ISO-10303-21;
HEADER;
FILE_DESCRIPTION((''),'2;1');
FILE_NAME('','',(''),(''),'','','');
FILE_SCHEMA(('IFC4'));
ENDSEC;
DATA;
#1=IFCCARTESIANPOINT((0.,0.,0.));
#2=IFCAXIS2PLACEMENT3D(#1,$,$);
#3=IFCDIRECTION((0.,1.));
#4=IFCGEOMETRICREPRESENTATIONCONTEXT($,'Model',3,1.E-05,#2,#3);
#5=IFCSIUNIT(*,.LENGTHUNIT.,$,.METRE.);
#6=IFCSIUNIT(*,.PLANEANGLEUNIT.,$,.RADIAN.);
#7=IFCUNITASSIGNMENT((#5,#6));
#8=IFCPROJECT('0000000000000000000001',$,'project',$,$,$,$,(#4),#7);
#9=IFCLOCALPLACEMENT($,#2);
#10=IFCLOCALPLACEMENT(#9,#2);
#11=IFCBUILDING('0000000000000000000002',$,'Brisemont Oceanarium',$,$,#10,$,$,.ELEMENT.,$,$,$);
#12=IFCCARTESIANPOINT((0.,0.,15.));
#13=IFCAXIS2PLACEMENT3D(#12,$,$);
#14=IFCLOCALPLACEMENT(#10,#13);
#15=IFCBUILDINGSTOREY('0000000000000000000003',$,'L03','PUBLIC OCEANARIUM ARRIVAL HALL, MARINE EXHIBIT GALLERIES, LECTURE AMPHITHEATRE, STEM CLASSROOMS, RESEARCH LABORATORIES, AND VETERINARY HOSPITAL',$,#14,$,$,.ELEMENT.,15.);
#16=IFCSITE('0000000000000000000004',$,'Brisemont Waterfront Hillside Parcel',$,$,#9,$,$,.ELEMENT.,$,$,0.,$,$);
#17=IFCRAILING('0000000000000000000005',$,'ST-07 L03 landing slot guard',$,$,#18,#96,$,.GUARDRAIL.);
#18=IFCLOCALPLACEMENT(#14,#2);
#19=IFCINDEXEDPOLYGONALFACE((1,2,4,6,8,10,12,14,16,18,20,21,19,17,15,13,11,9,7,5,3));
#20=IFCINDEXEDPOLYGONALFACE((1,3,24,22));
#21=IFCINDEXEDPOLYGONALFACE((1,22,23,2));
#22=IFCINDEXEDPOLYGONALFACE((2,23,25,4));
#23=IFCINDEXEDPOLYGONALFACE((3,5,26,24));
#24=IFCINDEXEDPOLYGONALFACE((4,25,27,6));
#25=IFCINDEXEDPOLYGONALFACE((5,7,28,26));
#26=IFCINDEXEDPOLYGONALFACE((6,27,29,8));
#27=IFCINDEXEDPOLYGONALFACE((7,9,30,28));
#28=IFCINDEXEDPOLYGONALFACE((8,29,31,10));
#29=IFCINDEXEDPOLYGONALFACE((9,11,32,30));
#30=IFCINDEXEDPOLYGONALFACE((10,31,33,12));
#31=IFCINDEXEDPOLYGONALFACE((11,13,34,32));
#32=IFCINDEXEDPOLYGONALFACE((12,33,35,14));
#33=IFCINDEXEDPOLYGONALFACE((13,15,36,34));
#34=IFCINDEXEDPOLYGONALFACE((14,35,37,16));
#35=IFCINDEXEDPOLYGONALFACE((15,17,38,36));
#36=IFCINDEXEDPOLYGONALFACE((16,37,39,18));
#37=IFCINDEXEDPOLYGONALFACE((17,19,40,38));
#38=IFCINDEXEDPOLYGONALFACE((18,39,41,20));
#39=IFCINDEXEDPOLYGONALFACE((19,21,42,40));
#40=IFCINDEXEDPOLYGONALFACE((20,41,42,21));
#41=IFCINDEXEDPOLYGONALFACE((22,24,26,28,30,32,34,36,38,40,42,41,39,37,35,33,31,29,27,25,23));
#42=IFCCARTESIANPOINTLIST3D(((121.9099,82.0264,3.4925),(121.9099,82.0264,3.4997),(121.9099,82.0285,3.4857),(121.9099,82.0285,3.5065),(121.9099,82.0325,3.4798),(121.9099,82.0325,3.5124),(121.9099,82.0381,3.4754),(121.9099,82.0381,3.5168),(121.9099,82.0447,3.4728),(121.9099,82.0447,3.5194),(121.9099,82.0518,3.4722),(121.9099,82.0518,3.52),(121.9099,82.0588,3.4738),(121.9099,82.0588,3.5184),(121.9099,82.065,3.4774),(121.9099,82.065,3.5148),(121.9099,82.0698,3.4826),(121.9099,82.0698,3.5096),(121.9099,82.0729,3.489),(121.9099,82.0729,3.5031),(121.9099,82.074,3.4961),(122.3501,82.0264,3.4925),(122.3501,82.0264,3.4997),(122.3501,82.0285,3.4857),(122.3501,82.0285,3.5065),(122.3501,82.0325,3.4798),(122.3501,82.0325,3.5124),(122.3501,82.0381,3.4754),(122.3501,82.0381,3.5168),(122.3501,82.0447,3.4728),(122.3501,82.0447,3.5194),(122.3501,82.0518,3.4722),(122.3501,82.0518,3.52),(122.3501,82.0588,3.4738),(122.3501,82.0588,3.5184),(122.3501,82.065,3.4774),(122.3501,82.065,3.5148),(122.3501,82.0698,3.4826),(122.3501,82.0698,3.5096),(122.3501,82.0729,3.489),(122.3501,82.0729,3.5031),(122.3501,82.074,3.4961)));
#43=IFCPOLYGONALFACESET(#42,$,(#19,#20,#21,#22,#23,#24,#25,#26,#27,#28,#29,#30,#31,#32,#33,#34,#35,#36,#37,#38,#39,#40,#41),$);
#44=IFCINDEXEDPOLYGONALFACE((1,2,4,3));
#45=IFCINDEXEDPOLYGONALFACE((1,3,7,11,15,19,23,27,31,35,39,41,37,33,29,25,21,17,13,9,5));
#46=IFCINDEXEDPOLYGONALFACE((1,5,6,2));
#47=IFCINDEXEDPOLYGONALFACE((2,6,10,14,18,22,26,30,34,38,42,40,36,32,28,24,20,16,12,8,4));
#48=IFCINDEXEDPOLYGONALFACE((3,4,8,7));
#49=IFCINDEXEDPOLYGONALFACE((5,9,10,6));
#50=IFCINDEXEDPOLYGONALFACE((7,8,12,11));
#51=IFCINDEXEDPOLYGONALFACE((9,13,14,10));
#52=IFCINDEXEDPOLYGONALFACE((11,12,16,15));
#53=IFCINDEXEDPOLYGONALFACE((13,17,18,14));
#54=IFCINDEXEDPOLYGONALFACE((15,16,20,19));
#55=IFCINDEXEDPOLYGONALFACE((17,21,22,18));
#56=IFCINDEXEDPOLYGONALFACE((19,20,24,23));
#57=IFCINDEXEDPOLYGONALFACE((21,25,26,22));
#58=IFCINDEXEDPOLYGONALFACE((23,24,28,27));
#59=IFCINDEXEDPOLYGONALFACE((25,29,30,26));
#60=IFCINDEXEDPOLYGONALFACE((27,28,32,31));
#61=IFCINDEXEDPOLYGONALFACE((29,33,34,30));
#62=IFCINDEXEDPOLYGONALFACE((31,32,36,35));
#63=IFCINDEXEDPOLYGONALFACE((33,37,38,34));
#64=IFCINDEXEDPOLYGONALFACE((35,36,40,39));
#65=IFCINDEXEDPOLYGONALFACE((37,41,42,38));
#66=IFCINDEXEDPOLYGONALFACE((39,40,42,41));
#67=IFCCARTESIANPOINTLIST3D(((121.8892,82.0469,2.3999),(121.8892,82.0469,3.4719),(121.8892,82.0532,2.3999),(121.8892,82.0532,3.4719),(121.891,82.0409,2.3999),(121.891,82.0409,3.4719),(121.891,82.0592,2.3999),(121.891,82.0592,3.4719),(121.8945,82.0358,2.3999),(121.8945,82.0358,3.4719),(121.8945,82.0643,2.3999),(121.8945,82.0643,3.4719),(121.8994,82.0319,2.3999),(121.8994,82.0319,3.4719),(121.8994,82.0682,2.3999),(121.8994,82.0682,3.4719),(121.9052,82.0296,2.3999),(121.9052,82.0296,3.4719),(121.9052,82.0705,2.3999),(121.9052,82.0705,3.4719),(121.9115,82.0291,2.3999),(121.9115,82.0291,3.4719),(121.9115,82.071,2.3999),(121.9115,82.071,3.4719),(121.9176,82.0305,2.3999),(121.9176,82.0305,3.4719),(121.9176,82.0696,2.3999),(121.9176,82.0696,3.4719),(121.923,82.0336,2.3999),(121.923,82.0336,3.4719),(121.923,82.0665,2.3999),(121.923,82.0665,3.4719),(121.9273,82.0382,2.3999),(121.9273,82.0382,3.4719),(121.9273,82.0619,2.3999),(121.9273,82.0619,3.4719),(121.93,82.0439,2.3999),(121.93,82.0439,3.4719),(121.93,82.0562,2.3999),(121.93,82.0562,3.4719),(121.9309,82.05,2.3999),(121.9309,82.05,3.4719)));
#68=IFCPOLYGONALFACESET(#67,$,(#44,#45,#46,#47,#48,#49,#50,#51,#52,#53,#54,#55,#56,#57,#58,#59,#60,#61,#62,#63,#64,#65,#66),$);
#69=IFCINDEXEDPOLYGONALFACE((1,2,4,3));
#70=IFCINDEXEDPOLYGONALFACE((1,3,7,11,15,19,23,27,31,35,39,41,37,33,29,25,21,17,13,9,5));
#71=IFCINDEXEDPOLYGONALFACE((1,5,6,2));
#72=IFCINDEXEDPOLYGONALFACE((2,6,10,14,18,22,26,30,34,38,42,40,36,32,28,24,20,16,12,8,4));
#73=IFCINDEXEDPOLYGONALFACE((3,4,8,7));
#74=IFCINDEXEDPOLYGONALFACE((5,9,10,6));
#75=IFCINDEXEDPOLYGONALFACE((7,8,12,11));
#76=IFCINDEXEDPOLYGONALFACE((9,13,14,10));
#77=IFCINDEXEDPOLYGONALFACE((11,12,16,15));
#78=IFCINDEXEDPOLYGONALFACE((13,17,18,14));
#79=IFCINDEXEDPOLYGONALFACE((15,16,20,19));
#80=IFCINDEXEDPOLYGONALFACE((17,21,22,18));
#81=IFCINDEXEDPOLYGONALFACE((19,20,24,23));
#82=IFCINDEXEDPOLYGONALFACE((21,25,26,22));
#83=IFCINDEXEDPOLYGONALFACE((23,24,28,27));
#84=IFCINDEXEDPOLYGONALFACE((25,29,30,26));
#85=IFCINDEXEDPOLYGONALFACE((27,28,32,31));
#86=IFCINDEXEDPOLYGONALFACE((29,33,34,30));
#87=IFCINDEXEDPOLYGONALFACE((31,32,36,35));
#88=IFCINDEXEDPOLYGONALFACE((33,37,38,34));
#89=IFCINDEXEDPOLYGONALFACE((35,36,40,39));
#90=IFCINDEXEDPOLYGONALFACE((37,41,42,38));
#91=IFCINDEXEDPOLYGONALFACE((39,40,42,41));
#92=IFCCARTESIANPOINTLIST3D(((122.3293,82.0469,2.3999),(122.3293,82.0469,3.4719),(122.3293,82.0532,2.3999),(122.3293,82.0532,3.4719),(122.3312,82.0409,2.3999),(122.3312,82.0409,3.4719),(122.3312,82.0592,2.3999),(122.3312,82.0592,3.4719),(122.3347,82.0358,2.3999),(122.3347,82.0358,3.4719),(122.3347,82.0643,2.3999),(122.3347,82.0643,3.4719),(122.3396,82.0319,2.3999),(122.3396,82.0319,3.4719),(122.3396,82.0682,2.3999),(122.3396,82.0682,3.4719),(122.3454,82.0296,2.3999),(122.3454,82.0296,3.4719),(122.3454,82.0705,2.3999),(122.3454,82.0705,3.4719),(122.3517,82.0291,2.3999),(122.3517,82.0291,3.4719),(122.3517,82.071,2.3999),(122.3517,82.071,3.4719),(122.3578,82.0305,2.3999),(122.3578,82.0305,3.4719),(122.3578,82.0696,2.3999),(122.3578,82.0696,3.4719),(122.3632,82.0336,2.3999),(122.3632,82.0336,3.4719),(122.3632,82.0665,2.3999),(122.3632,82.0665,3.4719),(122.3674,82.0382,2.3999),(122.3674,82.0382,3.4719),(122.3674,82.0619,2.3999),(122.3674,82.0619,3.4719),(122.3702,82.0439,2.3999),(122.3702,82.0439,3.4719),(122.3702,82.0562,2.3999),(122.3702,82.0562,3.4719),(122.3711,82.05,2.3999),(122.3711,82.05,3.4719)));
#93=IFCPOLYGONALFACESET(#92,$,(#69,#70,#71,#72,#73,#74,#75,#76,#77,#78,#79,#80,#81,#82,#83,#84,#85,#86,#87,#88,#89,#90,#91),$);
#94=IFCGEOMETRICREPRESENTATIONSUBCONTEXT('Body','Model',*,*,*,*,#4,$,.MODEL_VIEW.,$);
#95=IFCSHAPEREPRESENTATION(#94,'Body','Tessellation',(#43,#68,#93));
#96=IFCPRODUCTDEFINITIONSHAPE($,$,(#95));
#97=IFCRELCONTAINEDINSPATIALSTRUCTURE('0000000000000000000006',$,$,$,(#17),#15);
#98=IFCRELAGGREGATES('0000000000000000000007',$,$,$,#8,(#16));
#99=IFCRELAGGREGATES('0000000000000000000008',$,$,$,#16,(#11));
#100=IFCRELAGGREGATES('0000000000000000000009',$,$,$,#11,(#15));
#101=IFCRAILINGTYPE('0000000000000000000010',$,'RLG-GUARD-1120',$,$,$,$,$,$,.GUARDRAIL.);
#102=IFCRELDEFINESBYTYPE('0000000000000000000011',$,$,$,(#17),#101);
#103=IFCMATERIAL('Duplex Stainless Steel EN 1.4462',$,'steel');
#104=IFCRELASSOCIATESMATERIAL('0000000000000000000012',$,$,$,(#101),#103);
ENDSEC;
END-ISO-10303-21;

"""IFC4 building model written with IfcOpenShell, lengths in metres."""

from ifc_helpers import new_model, si_unit, direction, frame, origin, origin_2d, place, context, subcontext, project, spatial, circle, extrude, material, type_object, element, save


model = new_model("IFC4")

# Units and contexts
model_context = context("Model", 3, precision=1e-05, world=origin(), true_north=direction((0.0, 1.0)))
body_context = subcontext(model_context, "Body", "Model", "MODEL_VIEW")
ifc_project = project(units=[si_unit("LENGTHUNIT", "METRE"), si_unit("PLANEANGLEUNIT", "RADIAN")], contexts=[model_context])

# Site, building, storey
site_placement = place(None, origin())
site = spatial("IfcSite", under=ifc_project, at=site_placement, Name="Brisemont Waterfront Hillside Parcel", CompositionType="ELEMENT", RefElevation=0.0)
building_placement = place(site_placement, origin())
building = spatial("IfcBuilding", under=site, at=building_placement, Name="Brisemont Oceanarium", CompositionType="ELEMENT")
storey_placement = place(building_placement, frame((0.0, 0.0, 15.0)))
storey = spatial("IfcBuildingStorey", under=building, at=storey_placement, Name="L03", Description="PUBLIC OCEANARIUM ARRIVAL HALL, MARINE EXHIBIT GALLERIES, LECTURE AMPHITHEATRE, STEM CLASSROOMS, RESEARCH LABORATORIES, AND VETERINARY HOSPITAL", CompositionType="ELEMENT", Elevation=15.0)

# Railing
ifc_material_1 = material(Name="Duplex Stainless Steel EN 1.4462", Category="steel")
railing_type_1 = type_object("IfcRailingType", Name="RLG-GUARD-1120", PredefinedType="GUARDRAIL", material=ifc_material_1)
railing_1_placement = place(storey_placement, frame((121.9099, 82.05, 2.3999)))
element("IfcRailing", 1, at=railing_1_placement, inside=storey, type_object=railing_type_1, Name="ST-07 L03 landing slot guard", PredefinedType="GUARDRAIL", context=body_context, shape_type="SweptSolid", body=[
    extrude(circle(Radius=0.0239, at=origin_2d()), frame((0.0, 0.0, 1.0962), z_axis=(1.0, 0.0, 0.0), x_axis=(0.0, 1.0, 0.0)), (0.0, 0.0, 1.0), 0.4402),
    extrude(circle(Radius=0.021, at=origin_2d()), origin(), (0.0, 0.0, 1.0), 1.072),
    extrude(circle(Radius=0.021, at=origin_2d()), frame((0.4402, 0.0, 0.0)), (0.0, 0.0, 1.0), 1.072),
])

save(model, "model.ifc")
